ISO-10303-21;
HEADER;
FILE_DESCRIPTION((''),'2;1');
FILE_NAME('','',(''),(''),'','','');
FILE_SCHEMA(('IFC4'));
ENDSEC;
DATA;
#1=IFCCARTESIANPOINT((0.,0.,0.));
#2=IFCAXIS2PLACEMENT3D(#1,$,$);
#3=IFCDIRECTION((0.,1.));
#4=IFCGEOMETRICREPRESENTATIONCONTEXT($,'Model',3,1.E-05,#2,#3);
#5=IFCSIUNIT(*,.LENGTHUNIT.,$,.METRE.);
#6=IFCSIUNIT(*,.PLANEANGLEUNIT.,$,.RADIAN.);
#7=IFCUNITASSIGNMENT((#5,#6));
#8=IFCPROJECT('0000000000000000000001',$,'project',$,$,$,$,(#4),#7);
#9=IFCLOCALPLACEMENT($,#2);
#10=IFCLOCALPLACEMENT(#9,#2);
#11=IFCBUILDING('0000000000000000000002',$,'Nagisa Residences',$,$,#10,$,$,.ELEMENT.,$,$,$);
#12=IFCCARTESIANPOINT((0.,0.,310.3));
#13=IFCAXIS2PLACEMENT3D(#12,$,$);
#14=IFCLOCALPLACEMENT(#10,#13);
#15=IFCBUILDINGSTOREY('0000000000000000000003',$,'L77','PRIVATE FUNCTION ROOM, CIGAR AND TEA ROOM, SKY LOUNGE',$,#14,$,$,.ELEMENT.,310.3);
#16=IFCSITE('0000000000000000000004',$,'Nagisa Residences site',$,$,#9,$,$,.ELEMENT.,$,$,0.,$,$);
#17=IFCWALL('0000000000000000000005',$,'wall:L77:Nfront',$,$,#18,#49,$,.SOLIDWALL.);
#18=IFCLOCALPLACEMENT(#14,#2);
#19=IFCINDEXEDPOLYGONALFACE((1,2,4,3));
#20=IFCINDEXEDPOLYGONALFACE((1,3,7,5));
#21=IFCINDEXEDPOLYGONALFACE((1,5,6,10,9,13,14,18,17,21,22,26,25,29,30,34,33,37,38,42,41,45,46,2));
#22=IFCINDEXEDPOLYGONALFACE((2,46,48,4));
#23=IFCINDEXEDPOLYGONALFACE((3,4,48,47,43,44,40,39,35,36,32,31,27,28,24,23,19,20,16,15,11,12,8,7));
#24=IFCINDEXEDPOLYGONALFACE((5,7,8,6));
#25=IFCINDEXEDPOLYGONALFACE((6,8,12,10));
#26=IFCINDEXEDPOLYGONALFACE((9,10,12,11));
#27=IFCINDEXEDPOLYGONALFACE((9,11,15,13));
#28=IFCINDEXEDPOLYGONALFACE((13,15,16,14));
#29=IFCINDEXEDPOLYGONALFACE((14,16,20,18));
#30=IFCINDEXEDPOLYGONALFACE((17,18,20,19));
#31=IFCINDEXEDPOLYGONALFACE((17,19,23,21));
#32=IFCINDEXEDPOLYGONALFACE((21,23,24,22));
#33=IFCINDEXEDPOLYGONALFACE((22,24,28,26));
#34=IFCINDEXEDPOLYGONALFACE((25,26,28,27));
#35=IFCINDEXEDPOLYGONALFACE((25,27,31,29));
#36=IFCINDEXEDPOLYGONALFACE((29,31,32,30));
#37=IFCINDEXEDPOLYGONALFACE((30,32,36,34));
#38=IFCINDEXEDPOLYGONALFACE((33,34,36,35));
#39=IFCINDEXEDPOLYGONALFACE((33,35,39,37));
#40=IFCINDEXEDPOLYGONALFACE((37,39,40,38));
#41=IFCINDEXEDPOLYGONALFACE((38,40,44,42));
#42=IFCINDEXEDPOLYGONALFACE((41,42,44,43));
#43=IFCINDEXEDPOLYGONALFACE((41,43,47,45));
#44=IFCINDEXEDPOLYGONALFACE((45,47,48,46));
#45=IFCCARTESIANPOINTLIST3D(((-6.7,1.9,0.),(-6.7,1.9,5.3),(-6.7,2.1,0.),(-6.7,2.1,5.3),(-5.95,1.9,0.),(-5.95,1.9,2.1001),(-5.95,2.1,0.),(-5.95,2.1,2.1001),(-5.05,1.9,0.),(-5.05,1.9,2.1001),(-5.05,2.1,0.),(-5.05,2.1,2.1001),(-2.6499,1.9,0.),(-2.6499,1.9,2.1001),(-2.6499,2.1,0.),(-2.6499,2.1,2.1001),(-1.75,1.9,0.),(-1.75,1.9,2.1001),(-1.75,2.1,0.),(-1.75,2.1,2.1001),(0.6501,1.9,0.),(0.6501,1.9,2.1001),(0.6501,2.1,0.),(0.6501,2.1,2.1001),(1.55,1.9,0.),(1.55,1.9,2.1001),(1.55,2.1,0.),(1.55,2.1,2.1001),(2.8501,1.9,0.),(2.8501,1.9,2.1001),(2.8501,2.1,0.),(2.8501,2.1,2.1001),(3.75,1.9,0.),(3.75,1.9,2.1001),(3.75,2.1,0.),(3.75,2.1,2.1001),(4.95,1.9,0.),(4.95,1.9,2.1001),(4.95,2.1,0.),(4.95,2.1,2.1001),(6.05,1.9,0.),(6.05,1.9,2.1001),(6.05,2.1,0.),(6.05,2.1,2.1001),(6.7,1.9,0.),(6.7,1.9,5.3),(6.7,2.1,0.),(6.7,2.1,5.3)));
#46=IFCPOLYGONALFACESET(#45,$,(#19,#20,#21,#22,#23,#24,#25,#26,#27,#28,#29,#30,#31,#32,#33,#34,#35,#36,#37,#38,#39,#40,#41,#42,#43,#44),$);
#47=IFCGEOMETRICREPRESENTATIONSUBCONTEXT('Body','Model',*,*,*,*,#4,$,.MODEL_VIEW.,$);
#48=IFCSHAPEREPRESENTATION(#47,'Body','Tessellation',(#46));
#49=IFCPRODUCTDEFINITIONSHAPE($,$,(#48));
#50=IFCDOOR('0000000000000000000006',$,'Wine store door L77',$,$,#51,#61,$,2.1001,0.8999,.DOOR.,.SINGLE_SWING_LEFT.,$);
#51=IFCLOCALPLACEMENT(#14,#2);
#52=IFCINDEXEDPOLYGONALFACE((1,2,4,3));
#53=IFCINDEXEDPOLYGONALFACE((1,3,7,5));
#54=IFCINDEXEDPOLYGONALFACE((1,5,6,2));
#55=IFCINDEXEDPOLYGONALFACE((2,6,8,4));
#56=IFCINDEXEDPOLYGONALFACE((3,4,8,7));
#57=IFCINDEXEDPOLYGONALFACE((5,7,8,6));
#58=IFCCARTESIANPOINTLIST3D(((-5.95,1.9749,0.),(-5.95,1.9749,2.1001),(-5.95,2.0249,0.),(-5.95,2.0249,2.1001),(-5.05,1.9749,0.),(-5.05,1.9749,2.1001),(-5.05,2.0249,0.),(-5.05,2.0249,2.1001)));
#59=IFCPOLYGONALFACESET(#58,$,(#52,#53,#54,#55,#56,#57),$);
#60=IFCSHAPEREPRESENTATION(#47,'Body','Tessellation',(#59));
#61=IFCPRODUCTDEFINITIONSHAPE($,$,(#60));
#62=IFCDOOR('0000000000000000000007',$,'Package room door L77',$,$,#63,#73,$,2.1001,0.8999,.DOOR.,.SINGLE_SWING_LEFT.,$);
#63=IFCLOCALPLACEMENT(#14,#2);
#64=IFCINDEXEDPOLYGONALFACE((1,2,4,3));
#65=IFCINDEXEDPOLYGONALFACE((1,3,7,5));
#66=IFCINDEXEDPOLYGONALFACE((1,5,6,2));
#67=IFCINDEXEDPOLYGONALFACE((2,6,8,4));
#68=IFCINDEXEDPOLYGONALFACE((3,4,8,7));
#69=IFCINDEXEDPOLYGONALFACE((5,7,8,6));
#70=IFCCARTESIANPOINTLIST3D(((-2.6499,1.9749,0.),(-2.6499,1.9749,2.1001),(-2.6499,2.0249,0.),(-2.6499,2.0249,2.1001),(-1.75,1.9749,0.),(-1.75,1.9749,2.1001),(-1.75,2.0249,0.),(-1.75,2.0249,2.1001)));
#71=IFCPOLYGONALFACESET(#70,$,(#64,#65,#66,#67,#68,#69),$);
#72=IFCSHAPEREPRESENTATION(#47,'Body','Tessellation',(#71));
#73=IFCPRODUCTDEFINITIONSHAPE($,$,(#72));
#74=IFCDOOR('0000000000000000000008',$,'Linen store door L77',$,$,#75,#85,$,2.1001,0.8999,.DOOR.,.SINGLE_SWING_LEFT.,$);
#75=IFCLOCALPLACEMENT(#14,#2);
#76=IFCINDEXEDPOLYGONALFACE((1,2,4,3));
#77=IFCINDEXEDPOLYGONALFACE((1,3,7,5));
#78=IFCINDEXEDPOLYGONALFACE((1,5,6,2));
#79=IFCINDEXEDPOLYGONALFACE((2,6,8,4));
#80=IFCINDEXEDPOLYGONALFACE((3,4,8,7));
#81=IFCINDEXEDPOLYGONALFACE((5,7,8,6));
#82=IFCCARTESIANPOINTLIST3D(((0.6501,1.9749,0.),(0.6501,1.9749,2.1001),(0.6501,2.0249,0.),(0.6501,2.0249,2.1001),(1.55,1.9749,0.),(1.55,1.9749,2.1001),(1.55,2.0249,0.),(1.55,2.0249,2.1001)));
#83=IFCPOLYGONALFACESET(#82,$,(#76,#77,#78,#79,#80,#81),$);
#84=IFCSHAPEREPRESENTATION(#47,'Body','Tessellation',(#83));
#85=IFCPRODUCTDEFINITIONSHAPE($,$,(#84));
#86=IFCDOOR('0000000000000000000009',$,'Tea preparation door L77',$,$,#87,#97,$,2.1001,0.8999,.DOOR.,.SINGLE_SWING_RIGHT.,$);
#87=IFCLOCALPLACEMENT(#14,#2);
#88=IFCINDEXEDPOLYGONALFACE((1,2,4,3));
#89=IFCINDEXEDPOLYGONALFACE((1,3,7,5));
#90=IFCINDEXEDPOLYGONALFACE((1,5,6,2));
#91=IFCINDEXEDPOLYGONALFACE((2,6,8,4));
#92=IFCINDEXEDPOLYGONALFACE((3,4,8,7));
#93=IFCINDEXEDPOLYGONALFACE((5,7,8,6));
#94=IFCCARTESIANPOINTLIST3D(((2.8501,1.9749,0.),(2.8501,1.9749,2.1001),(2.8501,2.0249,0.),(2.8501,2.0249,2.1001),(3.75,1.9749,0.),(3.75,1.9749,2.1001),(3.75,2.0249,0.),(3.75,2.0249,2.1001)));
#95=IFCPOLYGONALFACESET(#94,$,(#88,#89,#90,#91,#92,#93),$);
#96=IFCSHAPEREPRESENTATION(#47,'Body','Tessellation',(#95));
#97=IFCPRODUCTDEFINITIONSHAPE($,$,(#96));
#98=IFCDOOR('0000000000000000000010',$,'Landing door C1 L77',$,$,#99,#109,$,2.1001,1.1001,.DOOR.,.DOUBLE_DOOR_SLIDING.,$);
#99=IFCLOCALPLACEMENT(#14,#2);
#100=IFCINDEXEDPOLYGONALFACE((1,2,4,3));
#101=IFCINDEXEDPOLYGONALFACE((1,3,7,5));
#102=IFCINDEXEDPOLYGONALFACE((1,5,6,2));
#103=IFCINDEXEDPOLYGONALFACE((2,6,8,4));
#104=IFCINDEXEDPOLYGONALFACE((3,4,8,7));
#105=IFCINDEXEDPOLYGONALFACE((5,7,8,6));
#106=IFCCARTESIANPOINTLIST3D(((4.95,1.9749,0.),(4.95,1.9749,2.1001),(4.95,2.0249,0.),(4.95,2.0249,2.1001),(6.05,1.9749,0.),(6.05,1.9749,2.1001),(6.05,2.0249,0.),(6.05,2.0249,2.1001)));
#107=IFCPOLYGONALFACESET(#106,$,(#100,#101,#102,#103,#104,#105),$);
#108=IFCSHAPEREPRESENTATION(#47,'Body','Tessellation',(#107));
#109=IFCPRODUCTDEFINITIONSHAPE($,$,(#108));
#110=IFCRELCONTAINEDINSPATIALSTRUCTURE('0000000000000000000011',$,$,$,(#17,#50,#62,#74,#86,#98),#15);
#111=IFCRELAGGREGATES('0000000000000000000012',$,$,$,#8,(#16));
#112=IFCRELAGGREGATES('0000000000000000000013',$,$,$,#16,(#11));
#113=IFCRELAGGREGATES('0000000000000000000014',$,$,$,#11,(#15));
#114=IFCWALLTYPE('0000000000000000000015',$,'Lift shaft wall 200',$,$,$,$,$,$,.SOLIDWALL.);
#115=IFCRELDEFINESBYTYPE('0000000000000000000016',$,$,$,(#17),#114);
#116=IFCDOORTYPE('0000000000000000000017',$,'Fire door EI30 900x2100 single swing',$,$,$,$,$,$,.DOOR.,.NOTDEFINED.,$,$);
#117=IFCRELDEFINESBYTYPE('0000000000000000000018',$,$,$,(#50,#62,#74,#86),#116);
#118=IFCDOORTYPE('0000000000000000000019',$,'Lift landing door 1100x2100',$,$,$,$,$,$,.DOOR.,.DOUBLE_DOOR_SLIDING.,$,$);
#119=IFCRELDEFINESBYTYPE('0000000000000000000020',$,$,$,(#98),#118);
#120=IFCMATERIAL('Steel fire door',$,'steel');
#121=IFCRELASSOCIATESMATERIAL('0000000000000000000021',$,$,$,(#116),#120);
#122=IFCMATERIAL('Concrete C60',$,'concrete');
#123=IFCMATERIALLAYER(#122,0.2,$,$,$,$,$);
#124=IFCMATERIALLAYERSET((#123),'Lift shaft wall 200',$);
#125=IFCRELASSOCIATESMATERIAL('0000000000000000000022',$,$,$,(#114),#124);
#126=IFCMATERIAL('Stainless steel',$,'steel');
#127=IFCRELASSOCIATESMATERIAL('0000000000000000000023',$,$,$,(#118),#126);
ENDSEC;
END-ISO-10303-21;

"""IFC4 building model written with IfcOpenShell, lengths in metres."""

from ifc_helpers import new_model, si_unit, direction, frame, frame_2d, origin, place, context, subcontext, project, spatial, rectangle, extrude, material, layer, layer_set, type_object, element, fill, save


model = new_model("IFC4")

# Units and contexts
model_context = context("Model", 3, precision=1e-05, world=origin(), true_north=direction((0.0, 1.0)))
body_context = subcontext(model_context, "Body", "Model", "MODEL_VIEW")
ifc_project = project(units=[si_unit("LENGTHUNIT", "METRE"), si_unit("PLANEANGLEUNIT", "RADIAN")], contexts=[model_context])

# Site, building, storey
site_placement = place(None, origin())
site = spatial("IfcSite", under=ifc_project, at=site_placement, Name="Nagisa Residences site", CompositionType="ELEMENT", RefElevation=0.0)
building_placement = place(site_placement, origin())
building = spatial("IfcBuilding", under=site, at=building_placement, Name="Nagisa Residences", CompositionType="ELEMENT")
storey_placement = place(building_placement, frame((0.0, 0.0, 310.3)))
storey = spatial("IfcBuildingStorey", under=building, at=storey_placement, Name="L77", Description="PRIVATE FUNCTION ROOM, CIGAR AND TEA ROOM, SKY LOUNGE", CompositionType="ELEMENT", Elevation=310.3)

# Shared definitions
ifc_material_1 = material(Name="Steel fire door", Category="steel")
door_type_1 = type_object("IfcDoorType", Name="Fire door EI30 900x2100 single swing", OperationType="NOTDEFINED", PredefinedType="DOOR", material=ifc_material_1)

# Shared definitions
ifc_material_2 = material(Name="Concrete C60", Category="concrete")
ifc_layer_1 = layer(ifc_material_2, 0.2)
ifc_layer_set_1 = layer_set([ifc_layer_1], Name="Lift shaft wall 200")
wall_type_1 = type_object("IfcWallType", Name="Lift shaft wall 200", PredefinedType="SOLIDWALL", material=ifc_layer_set_1)
ifc_material_3 = material(Name="Stainless steel", Category="steel")
door_type_2 = type_object("IfcDoorType", Name="Lift landing door 1100x2100", OperationType="DOUBLE_DOOR_SLIDING", PredefinedType="DOOR", material=ifc_material_3)

# Wall, openings, doors
wall_1_placement = place(storey_placement, frame((-6.7, 2.0, 0.0), z_axis=(0.0, 0.0, 1.0), x_axis=(1.0, 0.0, 0.0)))
wall_1 = element("IfcWall", 1, at=wall_1_placement, inside=storey, type_object=wall_type_1, Name="wall:L77:Nfront", PredefinedType="SOLIDWALL", context=body_context, shape_type="SweptSolid", body=[
    extrude(rectangle(XDim=13.3999, YDim=0.2, at=frame_2d((6.7, 0.0))), origin(), (0.0, 0.0, 1.0), 5.3),
])
opening_1_placement = place(wall_1_placement, frame((11.6499, 0.0, 0.0)))
opening_1 = element("IfcOpeningElement", 2, at=opening_1_placement, cuts=wall_1, PredefinedType="OPENING", context=body_context, shape_type="SweptSolid", body=[
    extrude(rectangle(XDim=1.1001, YDim=2.1001, at=frame_2d((0.55, 1.05))), frame((0.0, 0.1099, 0.0), z_axis=(0.0, -1.0, 0.0), x_axis=(1.0, 0.0, 0.0)), (0.0, 0.0, 1.0), 0.22),
])
opening_2_placement = place(wall_1_placement, frame((0.75, 0.0, 0.0)))
opening_2 = element("IfcOpeningElement", 3, at=opening_2_placement, cuts=wall_1, PredefinedType="OPENING", context=body_context, shape_type="SweptSolid", body=[
    extrude(rectangle(XDim=0.8999, YDim=2.1001, at=frame_2d((0.45, 1.05))), frame((0.0, 0.1099, 0.0), z_axis=(0.0, -1.0, 0.0), x_axis=(1.0, 0.0, 0.0)), (0.0, 0.0, 1.0), 0.22),
])
opening_3_placement = place(wall_1_placement, frame((4.05, 0.0, 0.0)))
opening_3 = element("IfcOpeningElement", 4, at=opening_3_placement, cuts=wall_1, PredefinedType="OPENING", context=body_context, shape_type="SweptSolid", body=[
    extrude(rectangle(XDim=0.8999, YDim=2.1001, at=frame_2d((0.45, 1.05))), frame((0.0, 0.1099, 0.0), z_axis=(0.0, -1.0, 0.0), x_axis=(1.0, 0.0, 0.0)), (0.0, 0.0, 1.0), 0.22),
])
opening_4_placement = place(wall_1_placement, frame((7.3501, 0.0, 0.0)))
opening_4 = element("IfcOpeningElement", 5, at=opening_4_placement, cuts=wall_1, PredefinedType="OPENING", context=body_context, shape_type="SweptSolid", body=[
    extrude(rectangle(XDim=0.8999, YDim=2.1001, at=frame_2d((0.45, 1.05))), frame((0.0, 0.1099, 0.0), z_axis=(0.0, -1.0, 0.0), x_axis=(1.0, 0.0, 0.0)), (0.0, 0.0, 1.0), 0.22),
])
opening_5_placement = place(wall_1_placement, frame((9.55, 0.0, 0.0)))
opening_5 = element("IfcOpeningElement", 6, at=opening_5_placement, cuts=wall_1, PredefinedType="OPENING", context=body_context, shape_type="SweptSolid", body=[
    extrude(rectangle(XDim=0.8999, YDim=2.1001, at=frame_2d((0.45, 1.05))), frame((0.0, 0.1099, 0.0), z_axis=(0.0, -1.0, 0.0), x_axis=(1.0, 0.0, 0.0)), (0.0, 0.0, 1.0), 0.22),
])
door_1_placement = place(opening_2_placement, origin())
door_1 = element("IfcDoor", 7, at=door_1_placement, inside=storey, type_object=door_type_1, Name="Wine store door L77", OperationType="SINGLE_SWING_LEFT", OverallHeight=2.1001, OverallWidth=0.8999, PredefinedType="DOOR", context=body_context, shape_type="SweptSolid", body=[
    extrude(rectangle(XDim=0.8999, YDim=2.1001, at=frame_2d((0.45, 1.05))), frame((0.0, 0.0249, 0.0), z_axis=(0.0, -1.0, 0.0), x_axis=(1.0, 0.0, 0.0)), (0.0, 0.0, 1.0), 0.05),
])
fill(opening_2, door_1)
door_2_placement = place(opening_3_placement, origin())
door_2 = element("IfcDoor", 8, at=door_2_placement, inside=storey, type_object=door_type_1, Name="Package room door L77", OperationType="SINGLE_SWING_LEFT", OverallHeight=2.1001, OverallWidth=0.8999, PredefinedType="DOOR", context=body_context, shape_type="SweptSolid", body=[
    extrude(rectangle(XDim=0.8999, YDim=2.1001, at=frame_2d((0.45, 1.05))), frame((0.0, 0.0249, 0.0), z_axis=(0.0, -1.0, 0.0), x_axis=(1.0, 0.0, 0.0)), (0.0, 0.0, 1.0), 0.05),
])
fill(opening_3, door_2)
door_3_placement = place(opening_4_placement, origin())
door_3 = element("IfcDoor", 9, at=door_3_placement, inside=storey, type_object=door_type_1, Name="Linen store door L77", OperationType="SINGLE_SWING_LEFT", OverallHeight=2.1001, OverallWidth=0.8999, PredefinedType="DOOR", context=body_context, shape_type="SweptSolid", body=[
    extrude(rectangle(XDim=0.8999, YDim=2.1001, at=frame_2d((0.45, 1.05))), frame((0.0, 0.0249, 0.0), z_axis=(0.0, -1.0, 0.0), x_axis=(1.0, 0.0, 0.0)), (0.0, 0.0, 1.0), 0.05),
])
fill(opening_4, door_3)
door_4_placement = place(opening_5_placement, origin())
door_4 = element("IfcDoor", 10, at=door_4_placement, inside=storey, type_object=door_type_1, Name="Tea preparation door L77", OperationType="SINGLE_SWING_RIGHT", OverallHeight=2.1001, OverallWidth=0.8999, PredefinedType="DOOR", context=body_context, shape_type="SweptSolid", body=[
    extrude(rectangle(XDim=0.8999, YDim=2.1001, at=frame_2d((0.45, 1.05))), frame((0.0, 0.0249, 0.0), z_axis=(0.0, -1.0, 0.0), x_axis=(1.0, 0.0, 0.0)), (0.0, 0.0, 1.0), 0.05),
])
fill(opening_5, door_4)
door_5_placement = place(opening_1_placement, origin())
door_5 = element("IfcDoor", 11, at=door_5_placement, inside=storey, type_object=door_type_2, Name="Landing door C1 L77", OperationType="DOUBLE_DOOR_SLIDING", OverallHeight=2.1001, OverallWidth=1.1001, PredefinedType="DOOR", context=body_context, shape_type="SweptSolid", body=[
    extrude(rectangle(XDim=1.1001, YDim=2.1001, at=frame_2d((0.55, 1.05))), frame((0.0, 0.0249, 0.0), z_axis=(0.0, -1.0, 0.0), x_axis=(1.0, 0.0, 0.0)), (0.0, 0.0, 1.0), 0.05),
])
fill(opening_1, door_5)

save(model, "model.ifc")
